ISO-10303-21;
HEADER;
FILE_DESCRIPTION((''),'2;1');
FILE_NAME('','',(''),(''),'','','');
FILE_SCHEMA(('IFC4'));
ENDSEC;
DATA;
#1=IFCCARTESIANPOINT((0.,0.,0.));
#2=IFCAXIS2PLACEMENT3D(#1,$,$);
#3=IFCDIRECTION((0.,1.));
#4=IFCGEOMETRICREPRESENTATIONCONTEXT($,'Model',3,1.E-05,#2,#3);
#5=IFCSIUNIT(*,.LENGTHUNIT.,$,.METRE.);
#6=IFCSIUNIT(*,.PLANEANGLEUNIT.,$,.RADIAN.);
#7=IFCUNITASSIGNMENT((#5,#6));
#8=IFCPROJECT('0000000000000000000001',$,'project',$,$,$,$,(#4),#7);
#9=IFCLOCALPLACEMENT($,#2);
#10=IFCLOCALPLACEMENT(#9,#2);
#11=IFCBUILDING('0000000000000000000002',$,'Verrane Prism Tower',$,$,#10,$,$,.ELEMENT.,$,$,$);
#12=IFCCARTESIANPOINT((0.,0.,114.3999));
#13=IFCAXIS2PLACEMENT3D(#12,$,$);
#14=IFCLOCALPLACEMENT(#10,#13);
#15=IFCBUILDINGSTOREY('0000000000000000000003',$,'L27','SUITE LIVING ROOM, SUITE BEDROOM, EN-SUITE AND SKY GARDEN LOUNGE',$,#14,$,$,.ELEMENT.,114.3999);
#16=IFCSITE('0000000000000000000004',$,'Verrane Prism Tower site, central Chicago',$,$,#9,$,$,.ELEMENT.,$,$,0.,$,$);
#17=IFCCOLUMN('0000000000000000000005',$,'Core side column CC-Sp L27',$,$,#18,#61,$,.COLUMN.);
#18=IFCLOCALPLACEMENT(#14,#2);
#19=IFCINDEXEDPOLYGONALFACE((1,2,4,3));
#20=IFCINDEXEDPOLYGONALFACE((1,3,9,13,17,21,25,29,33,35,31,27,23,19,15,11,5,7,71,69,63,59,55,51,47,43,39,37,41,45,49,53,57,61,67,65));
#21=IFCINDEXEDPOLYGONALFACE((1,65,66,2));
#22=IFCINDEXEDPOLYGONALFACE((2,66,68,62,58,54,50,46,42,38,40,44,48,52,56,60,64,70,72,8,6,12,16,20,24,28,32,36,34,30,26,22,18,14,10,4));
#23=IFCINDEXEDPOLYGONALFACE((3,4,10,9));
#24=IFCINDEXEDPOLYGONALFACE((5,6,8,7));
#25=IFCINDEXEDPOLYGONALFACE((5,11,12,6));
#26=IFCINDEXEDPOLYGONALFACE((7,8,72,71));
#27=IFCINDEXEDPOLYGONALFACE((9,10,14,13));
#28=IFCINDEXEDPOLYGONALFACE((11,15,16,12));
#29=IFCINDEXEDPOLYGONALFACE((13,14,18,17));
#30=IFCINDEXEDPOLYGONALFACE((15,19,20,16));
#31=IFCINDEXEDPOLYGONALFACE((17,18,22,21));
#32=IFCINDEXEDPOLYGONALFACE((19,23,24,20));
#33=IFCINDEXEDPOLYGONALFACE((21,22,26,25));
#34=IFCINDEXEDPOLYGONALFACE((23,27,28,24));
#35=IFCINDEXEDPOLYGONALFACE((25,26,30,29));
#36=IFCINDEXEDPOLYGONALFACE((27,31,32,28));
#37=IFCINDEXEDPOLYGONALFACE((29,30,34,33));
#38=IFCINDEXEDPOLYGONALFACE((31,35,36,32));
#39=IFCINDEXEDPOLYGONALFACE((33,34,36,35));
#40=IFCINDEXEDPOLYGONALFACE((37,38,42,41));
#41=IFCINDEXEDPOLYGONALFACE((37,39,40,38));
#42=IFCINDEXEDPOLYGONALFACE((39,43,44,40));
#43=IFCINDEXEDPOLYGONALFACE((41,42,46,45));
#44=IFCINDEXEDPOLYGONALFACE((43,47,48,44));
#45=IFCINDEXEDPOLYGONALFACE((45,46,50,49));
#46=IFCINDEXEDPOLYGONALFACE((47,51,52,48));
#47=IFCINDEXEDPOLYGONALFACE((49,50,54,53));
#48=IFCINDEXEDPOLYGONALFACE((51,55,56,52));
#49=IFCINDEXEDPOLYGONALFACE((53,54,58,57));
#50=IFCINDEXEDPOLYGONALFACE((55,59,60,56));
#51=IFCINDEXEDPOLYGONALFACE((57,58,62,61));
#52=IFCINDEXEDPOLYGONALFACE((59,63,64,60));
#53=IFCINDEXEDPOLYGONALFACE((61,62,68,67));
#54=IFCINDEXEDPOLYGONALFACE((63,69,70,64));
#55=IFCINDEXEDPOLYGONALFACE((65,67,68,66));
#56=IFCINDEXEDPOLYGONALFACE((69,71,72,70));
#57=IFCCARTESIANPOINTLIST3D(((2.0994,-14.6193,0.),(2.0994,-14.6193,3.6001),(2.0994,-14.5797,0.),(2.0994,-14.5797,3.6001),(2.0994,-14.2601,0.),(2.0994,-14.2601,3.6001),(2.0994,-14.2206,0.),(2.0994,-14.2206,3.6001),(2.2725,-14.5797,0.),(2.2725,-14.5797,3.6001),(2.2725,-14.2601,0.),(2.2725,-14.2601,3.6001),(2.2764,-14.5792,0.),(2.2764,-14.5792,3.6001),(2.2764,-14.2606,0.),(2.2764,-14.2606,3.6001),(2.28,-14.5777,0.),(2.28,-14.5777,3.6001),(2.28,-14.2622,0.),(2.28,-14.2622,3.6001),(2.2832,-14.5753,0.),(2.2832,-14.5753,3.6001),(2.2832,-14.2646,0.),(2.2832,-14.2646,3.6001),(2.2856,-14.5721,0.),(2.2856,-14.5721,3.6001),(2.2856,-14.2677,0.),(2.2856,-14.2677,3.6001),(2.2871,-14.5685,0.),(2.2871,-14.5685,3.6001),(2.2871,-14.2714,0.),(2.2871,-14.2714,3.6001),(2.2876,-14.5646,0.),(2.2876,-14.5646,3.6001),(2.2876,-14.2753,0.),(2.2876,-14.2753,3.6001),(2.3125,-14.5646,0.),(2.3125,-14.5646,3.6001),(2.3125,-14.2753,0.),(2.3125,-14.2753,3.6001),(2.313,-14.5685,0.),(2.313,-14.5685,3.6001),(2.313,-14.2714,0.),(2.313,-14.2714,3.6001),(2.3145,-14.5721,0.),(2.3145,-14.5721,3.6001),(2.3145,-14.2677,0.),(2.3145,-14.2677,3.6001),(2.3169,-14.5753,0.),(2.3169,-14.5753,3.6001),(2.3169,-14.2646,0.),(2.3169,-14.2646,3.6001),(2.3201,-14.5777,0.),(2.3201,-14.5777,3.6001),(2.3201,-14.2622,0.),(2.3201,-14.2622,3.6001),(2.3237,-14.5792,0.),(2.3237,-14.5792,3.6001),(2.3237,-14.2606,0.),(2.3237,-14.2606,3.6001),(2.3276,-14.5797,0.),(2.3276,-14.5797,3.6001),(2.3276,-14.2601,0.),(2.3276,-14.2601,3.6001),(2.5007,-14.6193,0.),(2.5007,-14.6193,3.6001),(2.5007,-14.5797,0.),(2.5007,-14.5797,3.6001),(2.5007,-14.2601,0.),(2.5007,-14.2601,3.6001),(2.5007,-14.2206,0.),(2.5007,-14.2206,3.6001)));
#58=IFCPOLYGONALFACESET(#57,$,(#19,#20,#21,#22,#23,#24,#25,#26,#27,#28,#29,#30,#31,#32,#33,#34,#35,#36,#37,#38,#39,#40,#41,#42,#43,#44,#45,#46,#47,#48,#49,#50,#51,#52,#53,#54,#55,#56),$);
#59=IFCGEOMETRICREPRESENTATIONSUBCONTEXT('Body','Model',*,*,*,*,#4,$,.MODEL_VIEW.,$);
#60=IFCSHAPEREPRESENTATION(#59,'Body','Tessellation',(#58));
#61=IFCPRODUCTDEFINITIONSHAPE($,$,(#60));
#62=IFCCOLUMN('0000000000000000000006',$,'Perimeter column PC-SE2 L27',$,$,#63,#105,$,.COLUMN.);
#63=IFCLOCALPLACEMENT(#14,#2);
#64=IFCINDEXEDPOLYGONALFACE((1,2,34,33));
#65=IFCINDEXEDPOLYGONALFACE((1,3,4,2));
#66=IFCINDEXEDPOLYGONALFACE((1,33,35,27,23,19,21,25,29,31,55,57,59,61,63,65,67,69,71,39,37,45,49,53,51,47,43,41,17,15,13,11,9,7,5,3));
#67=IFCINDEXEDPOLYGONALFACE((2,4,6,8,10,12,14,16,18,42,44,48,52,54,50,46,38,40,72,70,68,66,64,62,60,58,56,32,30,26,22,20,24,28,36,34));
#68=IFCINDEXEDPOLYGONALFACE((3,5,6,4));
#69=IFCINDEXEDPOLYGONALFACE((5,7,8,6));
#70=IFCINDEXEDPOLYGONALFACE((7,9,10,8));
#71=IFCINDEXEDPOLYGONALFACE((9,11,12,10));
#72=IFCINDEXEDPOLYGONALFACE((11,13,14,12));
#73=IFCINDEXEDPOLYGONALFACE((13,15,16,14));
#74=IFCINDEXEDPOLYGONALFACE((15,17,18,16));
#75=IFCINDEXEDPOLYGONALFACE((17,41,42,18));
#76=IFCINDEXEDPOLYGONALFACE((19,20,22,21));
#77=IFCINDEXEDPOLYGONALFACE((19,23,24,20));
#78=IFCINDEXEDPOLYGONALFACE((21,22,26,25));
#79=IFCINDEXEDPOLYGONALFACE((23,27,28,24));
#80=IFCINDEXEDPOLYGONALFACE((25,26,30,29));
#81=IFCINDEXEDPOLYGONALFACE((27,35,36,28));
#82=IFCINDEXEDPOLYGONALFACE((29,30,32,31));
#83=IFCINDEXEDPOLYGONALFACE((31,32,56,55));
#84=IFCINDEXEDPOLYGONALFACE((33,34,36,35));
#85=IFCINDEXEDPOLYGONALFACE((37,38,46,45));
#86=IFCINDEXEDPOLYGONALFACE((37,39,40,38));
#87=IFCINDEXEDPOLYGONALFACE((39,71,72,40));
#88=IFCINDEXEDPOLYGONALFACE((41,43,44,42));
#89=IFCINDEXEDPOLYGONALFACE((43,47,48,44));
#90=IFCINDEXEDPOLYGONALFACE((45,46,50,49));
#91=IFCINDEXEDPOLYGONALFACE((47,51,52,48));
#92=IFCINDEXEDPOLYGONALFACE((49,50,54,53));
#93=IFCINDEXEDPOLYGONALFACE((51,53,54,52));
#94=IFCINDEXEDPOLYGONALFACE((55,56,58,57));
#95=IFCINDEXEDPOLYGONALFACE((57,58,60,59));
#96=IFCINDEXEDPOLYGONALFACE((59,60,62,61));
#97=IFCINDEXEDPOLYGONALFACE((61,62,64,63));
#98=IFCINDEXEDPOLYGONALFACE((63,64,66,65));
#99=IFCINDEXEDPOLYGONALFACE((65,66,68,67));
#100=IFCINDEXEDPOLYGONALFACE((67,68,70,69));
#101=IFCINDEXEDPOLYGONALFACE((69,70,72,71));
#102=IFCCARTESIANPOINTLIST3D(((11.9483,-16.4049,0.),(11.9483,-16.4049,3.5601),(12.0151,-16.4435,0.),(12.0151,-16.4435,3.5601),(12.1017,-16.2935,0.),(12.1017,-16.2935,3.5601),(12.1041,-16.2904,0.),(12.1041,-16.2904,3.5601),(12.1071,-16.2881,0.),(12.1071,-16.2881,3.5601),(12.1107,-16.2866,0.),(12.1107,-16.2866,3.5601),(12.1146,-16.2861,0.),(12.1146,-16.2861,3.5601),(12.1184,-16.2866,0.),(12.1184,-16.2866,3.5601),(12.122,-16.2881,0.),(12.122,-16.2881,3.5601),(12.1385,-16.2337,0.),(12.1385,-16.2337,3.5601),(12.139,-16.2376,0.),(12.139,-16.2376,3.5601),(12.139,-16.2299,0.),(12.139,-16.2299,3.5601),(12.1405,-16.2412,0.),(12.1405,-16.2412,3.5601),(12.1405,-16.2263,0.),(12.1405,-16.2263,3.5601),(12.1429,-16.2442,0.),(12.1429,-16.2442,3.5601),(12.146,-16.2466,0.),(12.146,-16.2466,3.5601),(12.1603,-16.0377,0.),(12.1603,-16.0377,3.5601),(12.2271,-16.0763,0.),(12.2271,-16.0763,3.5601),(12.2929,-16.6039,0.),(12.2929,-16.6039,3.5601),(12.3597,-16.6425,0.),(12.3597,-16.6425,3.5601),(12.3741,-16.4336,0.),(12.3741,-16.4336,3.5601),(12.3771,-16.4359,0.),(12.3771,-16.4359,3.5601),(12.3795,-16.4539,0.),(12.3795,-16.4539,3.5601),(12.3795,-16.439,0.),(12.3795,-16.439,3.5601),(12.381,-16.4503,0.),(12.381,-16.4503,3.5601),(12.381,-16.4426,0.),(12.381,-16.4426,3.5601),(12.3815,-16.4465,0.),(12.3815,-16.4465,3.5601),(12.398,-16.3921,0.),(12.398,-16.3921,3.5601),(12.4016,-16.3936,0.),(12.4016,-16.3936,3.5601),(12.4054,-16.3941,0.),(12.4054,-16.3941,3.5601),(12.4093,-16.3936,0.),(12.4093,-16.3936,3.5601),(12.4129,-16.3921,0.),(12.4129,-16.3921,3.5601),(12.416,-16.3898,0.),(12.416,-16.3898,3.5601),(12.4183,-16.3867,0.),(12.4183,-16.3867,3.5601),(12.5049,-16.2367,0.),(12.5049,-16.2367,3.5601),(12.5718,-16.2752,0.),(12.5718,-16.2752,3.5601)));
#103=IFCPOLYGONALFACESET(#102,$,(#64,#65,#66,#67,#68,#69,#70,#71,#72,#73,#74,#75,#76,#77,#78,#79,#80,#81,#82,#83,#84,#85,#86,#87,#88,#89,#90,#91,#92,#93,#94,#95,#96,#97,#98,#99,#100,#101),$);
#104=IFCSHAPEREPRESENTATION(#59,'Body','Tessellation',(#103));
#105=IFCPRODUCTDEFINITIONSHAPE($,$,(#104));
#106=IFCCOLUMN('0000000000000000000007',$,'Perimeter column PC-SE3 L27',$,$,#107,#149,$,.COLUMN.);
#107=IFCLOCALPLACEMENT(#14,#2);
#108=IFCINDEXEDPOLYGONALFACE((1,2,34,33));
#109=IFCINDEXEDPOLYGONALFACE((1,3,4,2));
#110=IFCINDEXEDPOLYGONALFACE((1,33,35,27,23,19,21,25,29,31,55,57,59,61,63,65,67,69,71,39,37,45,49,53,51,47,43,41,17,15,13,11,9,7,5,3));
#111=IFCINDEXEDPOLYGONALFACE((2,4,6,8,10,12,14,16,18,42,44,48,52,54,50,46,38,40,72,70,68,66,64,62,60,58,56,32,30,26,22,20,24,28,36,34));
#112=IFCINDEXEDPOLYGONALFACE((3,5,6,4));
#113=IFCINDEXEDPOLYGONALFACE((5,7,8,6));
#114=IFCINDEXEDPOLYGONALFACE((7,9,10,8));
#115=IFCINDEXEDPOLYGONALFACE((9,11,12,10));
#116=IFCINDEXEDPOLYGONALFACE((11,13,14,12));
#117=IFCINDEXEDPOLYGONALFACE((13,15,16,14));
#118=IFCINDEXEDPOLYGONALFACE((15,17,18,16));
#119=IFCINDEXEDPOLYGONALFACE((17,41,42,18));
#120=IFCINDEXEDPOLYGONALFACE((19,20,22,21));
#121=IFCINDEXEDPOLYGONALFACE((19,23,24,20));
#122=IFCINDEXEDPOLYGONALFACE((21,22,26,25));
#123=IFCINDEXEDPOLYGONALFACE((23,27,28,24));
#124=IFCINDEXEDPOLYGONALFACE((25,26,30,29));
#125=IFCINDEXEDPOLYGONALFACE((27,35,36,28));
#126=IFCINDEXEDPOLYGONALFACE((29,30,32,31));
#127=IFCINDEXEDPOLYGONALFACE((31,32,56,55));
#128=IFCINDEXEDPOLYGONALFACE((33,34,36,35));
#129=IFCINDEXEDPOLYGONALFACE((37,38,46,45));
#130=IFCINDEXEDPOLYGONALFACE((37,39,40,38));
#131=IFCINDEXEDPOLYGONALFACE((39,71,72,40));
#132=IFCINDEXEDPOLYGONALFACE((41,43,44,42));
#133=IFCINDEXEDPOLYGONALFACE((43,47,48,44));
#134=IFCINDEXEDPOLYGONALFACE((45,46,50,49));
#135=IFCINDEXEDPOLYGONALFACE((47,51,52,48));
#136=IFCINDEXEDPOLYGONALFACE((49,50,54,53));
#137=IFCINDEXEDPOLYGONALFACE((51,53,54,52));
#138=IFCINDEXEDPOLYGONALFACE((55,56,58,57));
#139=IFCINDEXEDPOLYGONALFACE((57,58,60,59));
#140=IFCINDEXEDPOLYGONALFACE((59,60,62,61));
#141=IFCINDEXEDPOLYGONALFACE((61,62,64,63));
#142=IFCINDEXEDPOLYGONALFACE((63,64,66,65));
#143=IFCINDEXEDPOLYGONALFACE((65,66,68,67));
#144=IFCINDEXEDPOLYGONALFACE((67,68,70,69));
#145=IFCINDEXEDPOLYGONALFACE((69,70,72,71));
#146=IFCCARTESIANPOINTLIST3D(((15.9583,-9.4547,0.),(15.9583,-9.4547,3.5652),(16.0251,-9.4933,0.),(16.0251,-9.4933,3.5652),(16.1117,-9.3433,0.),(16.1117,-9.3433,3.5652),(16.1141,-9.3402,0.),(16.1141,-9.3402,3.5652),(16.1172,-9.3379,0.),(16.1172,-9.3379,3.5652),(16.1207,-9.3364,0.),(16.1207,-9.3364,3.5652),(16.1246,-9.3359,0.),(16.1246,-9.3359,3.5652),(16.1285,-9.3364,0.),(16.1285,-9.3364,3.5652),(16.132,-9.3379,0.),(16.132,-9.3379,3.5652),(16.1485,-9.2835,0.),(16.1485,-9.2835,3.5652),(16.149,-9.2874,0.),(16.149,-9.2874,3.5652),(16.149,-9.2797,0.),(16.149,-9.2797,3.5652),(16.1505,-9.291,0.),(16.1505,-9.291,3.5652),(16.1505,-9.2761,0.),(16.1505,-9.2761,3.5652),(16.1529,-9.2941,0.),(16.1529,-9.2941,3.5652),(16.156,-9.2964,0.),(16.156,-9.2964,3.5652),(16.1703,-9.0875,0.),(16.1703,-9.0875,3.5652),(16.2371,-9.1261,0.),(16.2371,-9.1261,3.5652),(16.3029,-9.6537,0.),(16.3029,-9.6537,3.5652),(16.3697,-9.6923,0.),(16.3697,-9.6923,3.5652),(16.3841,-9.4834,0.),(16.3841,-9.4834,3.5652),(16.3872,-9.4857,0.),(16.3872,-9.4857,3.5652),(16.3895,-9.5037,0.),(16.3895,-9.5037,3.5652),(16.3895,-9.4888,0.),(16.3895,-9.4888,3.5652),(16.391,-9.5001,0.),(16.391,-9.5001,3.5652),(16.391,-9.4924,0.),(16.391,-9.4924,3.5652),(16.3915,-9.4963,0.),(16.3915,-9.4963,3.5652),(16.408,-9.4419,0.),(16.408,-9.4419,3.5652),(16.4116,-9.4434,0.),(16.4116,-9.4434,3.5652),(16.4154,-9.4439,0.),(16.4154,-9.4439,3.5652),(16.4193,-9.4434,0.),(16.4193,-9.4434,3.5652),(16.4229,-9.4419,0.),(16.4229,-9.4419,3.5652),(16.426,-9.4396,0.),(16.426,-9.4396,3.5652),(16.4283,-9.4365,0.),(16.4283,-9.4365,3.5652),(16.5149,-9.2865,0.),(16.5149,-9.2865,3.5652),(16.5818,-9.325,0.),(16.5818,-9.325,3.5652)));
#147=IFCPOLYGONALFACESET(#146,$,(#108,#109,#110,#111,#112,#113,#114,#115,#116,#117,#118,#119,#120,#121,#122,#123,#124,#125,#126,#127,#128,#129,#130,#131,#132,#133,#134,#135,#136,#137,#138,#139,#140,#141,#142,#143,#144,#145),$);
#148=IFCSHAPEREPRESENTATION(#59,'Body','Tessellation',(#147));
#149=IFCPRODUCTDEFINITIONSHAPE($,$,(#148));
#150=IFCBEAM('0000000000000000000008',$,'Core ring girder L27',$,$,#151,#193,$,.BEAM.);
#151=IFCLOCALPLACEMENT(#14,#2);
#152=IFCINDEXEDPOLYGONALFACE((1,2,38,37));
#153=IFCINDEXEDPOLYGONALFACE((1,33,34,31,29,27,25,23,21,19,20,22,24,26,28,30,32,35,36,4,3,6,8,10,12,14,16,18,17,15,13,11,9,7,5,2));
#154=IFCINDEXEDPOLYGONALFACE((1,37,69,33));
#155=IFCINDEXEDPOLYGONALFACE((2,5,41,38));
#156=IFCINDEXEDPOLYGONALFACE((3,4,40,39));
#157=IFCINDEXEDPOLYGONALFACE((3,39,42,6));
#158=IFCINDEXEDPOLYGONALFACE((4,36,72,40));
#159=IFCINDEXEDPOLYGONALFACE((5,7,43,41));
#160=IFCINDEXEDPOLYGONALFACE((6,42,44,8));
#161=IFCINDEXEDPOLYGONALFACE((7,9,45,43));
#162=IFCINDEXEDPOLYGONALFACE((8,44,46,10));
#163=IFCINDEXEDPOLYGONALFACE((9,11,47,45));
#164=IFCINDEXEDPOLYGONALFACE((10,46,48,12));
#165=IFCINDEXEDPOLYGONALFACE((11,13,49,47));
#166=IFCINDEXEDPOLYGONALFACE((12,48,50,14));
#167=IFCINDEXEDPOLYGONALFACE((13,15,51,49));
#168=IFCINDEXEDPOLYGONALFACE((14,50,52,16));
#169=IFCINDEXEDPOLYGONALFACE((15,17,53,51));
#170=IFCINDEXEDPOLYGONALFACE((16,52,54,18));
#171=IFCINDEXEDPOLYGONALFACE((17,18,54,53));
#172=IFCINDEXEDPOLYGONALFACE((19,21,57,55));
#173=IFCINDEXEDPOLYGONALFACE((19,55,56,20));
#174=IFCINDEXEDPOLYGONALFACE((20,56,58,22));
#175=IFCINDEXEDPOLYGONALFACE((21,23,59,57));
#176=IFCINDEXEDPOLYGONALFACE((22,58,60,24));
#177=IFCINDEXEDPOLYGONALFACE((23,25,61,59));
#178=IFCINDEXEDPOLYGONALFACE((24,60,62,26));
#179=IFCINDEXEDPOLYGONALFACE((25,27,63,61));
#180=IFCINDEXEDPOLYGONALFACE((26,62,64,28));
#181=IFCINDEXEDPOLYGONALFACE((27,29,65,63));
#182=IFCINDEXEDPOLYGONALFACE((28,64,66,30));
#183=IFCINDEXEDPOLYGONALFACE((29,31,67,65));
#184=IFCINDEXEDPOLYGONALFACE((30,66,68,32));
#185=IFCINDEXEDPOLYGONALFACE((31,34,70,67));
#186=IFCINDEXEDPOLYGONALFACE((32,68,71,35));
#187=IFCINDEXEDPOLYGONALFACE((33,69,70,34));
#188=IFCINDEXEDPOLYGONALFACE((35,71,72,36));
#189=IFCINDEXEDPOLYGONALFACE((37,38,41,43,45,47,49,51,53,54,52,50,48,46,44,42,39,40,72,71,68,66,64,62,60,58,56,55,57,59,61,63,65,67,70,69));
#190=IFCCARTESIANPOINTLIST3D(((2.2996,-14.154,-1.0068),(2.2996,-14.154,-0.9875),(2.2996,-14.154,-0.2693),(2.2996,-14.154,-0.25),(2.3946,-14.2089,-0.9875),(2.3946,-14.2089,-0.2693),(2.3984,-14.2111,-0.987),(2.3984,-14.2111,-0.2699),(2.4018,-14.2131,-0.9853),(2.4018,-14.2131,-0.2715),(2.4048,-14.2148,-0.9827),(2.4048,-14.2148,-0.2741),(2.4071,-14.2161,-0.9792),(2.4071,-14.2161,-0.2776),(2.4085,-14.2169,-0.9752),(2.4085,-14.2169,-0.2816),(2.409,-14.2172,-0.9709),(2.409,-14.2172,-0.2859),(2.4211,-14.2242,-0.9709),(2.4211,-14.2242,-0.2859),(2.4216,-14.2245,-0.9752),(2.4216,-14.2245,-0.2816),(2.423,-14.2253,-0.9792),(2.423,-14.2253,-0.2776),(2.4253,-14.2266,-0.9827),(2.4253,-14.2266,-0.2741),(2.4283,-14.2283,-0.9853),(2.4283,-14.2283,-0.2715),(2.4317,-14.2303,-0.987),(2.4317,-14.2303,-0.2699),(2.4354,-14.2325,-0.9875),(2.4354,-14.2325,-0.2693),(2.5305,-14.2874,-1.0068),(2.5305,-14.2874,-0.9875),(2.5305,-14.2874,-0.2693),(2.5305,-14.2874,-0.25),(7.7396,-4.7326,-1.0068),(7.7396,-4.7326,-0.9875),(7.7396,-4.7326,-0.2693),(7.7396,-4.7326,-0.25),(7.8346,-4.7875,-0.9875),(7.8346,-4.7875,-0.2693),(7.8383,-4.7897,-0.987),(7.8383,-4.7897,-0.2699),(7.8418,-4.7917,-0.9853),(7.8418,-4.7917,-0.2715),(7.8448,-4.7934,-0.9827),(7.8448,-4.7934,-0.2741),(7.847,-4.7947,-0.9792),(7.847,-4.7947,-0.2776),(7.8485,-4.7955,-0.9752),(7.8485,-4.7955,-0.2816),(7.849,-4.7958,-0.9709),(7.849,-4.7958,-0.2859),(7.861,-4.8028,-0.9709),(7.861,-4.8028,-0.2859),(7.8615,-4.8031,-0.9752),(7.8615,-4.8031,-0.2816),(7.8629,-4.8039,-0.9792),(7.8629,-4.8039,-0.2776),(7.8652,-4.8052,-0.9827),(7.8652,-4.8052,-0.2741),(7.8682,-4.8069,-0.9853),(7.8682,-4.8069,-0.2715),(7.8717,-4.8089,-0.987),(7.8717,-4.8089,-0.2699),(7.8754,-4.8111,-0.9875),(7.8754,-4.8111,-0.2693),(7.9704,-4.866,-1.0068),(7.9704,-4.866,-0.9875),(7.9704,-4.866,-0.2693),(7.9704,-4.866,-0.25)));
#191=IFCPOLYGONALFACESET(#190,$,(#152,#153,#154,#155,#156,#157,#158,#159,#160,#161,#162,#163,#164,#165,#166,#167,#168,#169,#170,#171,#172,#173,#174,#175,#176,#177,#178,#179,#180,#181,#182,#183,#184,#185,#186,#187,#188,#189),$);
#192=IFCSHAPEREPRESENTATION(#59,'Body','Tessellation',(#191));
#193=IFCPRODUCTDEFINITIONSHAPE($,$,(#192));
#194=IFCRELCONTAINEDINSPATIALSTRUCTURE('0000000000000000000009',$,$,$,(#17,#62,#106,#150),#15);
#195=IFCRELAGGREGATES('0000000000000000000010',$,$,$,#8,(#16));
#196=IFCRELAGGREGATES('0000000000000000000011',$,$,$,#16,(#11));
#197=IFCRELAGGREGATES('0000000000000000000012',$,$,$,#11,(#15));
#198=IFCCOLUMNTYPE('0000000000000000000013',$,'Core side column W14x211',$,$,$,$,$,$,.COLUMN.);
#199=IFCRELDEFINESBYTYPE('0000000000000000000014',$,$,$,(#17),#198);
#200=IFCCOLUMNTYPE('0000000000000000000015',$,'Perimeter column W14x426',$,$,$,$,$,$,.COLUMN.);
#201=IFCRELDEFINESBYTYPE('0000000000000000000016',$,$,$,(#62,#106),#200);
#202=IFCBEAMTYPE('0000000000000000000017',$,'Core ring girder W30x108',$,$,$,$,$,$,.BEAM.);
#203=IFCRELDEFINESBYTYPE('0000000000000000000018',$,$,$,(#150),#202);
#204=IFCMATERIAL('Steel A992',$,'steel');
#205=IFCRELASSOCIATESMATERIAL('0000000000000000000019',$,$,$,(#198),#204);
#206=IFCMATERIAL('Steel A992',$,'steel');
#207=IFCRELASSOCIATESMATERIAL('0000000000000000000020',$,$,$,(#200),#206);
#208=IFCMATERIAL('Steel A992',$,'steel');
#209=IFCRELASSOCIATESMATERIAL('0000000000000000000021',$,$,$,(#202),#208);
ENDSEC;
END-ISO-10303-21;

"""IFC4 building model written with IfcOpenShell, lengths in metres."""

from ifc_helpers import new_model, si_unit, direction, frame, origin, origin_2d, place, context, subcontext, project, spatial, i_section, extrude, material, material_profile, profile_set, type_object, element, save


model = new_model("IFC4")

# Units and contexts
model_context = context("Model", 3, precision=1e-05, world=origin(), true_north=direction((0.0, 1.0)))
body_context = subcontext(model_context, "Body", "Model", "MODEL_VIEW")
ifc_project = project(units=[si_unit("LENGTHUNIT", "METRE"), si_unit("PLANEANGLEUNIT", "RADIAN")], contexts=[model_context])

# Site, building, storey
site_placement = place(None, origin())
site = spatial("IfcSite", under=ifc_project, at=site_placement, Name="Verrane Prism Tower site, central Chicago", CompositionType="ELEMENT", RefElevation=0.0)
building_placement = place(site_placement, origin())
building = spatial("IfcBuilding", under=site, at=building_placement, Name="Verrane Prism Tower", CompositionType="ELEMENT")
storey_placement = place(building_placement, frame((0.0, 0.0, 114.3999)))
storey = spatial("IfcBuildingStorey", under=building, at=storey_placement, Name="L27", Description="SUITE LIVING ROOM, SUITE BEDROOM, EN-SUITE AND SKY GARDEN LOUNGE", CompositionType="ELEMENT", Elevation=114.3999)

# Columns
ifc_material_1 = material(Name="Steel A992", Category="steel")
ifc_material_profile_1 = material_profile(ifc_material_1, i_section(OverallWidth=0.4014, OverallDepth=0.3987, WebThickness=0.0249, FlangeThickness=0.0396, FilletRadius=0.0151, at=origin_2d()), Name="W14x211")
ifc_profile_set_1 = profile_set([ifc_material_profile_1], Name="Steel A992")
column_type_1 = type_object("IfcColumnType", Name="Core side column W14x211", PredefinedType="COLUMN", material=ifc_profile_set_1)
column_1_placement = place(storey_placement, frame((2.3, -14.4199, 0.0), z_axis=(0.0, 0.0, 1.0), x_axis=(1.0, 0.0, 0.0)))
element("IfcColumn", 1, at=column_1_placement, inside=storey, type_object=column_type_1, Name="Core side column CC-Sp L27", PredefinedType="COLUMN", context=body_context, shape_type="SweptSolid", body=[
    extrude(i_section(OverallWidth=0.4014, OverallDepth=0.3987, WebThickness=0.0249, FlangeThickness=0.0396, FilletRadius=0.0151, at=origin_2d()), origin(), (0.0, 0.0, 1.0), 3.6001),
])
ifc_material_2 = material(Name="Steel A992", Category="steel")
ifc_material_profile_2 = material_profile(ifc_material_2, i_section(OverallWidth=0.4241, OverallDepth=0.4751, WebThickness=0.0479, FlangeThickness=0.0771, FilletRadius=0.0149, at=origin_2d()), Name="W14x426")
ifc_profile_set_2 = profile_set([ifc_material_profile_2], Name="Steel A992")
column_type_2 = type_object("IfcColumnType", Name="Perimeter column W14x426", PredefinedType="COLUMN", material=ifc_profile_set_2)
column_2_placement = place(storey_placement, frame((12.26, -16.3401, 0.0), z_axis=(0.0, 0.0, 1.0), x_axis=(-0.5, -0.866025, 0.0)))
element("IfcColumn", 2, at=column_2_placement, inside=storey, type_object=column_type_2, Name="Perimeter column PC-SE2 L27", PredefinedType="COLUMN", context=body_context, shape_type="SweptSolid", body=[
    extrude(i_section(OverallWidth=0.4241, OverallDepth=0.4751, WebThickness=0.0479, FlangeThickness=0.0771, FilletRadius=0.0149, at=origin_2d()), origin(), (0.0, 0.0, 1.0), 3.5601),
])
column_3_placement = place(storey_placement, frame((16.27, -9.3899, 0.0), z_axis=(0.0, 0.0, 1.0), x_axis=(-0.5, -0.866025, 0.0)))
element("IfcColumn", 3, at=column_3_placement, inside=storey, type_object=column_type_2, Name="Perimeter column PC-SE3 L27", PredefinedType="COLUMN", context=body_context, shape_type="SweptSolid", body=[
    extrude(i_section(OverallWidth=0.4241, OverallDepth=0.4751, WebThickness=0.0479, FlangeThickness=0.0771, FilletRadius=0.0149, at=origin_2d()), origin(), (0.0, 0.0, 1.0), 3.5652),
])

# Beam
ifc_material_3 = material(Name="Steel A992", Category="steel")
ifc_material_profile_3 = material_profile(ifc_material_3, i_section(OverallWidth=0.2666, OverallDepth=0.7568, WebThickness=0.0139, FlangeThickness=0.0193, FilletRadius=0.0166, at=origin_2d()), Name="W30x108")
ifc_profile_set_3 = profile_set([ifc_material_profile_3], Name="Steel A992")
beam_type_1 = type_object("IfcBeamType", Name="Core ring girder W30x108", PredefinedType="BEAM", material=ifc_profile_set_3)
beam_1_placement = place(storey_placement, frame((2.415, -14.2207, -0.6284), z_axis=(0.500035, 0.866005, 0.0), x_axis=(-0.866005, 0.500035, 0.0)))
element("IfcBeam", 4, at=beam_1_placement, inside=storey, type_object=beam_type_1, Name="Core ring girder L27", PredefinedType="BEAM", context=body_context, shape_type="SweptSolid", body=[
    extrude(i_section(OverallWidth=0.2666, OverallDepth=0.7568, WebThickness=0.0139, FlangeThickness=0.0193, FilletRadius=0.0166, at=origin_2d()), origin(), (0.0, 0.0, 1.0), 10.8792),
])

save(model, "model.ifc")
